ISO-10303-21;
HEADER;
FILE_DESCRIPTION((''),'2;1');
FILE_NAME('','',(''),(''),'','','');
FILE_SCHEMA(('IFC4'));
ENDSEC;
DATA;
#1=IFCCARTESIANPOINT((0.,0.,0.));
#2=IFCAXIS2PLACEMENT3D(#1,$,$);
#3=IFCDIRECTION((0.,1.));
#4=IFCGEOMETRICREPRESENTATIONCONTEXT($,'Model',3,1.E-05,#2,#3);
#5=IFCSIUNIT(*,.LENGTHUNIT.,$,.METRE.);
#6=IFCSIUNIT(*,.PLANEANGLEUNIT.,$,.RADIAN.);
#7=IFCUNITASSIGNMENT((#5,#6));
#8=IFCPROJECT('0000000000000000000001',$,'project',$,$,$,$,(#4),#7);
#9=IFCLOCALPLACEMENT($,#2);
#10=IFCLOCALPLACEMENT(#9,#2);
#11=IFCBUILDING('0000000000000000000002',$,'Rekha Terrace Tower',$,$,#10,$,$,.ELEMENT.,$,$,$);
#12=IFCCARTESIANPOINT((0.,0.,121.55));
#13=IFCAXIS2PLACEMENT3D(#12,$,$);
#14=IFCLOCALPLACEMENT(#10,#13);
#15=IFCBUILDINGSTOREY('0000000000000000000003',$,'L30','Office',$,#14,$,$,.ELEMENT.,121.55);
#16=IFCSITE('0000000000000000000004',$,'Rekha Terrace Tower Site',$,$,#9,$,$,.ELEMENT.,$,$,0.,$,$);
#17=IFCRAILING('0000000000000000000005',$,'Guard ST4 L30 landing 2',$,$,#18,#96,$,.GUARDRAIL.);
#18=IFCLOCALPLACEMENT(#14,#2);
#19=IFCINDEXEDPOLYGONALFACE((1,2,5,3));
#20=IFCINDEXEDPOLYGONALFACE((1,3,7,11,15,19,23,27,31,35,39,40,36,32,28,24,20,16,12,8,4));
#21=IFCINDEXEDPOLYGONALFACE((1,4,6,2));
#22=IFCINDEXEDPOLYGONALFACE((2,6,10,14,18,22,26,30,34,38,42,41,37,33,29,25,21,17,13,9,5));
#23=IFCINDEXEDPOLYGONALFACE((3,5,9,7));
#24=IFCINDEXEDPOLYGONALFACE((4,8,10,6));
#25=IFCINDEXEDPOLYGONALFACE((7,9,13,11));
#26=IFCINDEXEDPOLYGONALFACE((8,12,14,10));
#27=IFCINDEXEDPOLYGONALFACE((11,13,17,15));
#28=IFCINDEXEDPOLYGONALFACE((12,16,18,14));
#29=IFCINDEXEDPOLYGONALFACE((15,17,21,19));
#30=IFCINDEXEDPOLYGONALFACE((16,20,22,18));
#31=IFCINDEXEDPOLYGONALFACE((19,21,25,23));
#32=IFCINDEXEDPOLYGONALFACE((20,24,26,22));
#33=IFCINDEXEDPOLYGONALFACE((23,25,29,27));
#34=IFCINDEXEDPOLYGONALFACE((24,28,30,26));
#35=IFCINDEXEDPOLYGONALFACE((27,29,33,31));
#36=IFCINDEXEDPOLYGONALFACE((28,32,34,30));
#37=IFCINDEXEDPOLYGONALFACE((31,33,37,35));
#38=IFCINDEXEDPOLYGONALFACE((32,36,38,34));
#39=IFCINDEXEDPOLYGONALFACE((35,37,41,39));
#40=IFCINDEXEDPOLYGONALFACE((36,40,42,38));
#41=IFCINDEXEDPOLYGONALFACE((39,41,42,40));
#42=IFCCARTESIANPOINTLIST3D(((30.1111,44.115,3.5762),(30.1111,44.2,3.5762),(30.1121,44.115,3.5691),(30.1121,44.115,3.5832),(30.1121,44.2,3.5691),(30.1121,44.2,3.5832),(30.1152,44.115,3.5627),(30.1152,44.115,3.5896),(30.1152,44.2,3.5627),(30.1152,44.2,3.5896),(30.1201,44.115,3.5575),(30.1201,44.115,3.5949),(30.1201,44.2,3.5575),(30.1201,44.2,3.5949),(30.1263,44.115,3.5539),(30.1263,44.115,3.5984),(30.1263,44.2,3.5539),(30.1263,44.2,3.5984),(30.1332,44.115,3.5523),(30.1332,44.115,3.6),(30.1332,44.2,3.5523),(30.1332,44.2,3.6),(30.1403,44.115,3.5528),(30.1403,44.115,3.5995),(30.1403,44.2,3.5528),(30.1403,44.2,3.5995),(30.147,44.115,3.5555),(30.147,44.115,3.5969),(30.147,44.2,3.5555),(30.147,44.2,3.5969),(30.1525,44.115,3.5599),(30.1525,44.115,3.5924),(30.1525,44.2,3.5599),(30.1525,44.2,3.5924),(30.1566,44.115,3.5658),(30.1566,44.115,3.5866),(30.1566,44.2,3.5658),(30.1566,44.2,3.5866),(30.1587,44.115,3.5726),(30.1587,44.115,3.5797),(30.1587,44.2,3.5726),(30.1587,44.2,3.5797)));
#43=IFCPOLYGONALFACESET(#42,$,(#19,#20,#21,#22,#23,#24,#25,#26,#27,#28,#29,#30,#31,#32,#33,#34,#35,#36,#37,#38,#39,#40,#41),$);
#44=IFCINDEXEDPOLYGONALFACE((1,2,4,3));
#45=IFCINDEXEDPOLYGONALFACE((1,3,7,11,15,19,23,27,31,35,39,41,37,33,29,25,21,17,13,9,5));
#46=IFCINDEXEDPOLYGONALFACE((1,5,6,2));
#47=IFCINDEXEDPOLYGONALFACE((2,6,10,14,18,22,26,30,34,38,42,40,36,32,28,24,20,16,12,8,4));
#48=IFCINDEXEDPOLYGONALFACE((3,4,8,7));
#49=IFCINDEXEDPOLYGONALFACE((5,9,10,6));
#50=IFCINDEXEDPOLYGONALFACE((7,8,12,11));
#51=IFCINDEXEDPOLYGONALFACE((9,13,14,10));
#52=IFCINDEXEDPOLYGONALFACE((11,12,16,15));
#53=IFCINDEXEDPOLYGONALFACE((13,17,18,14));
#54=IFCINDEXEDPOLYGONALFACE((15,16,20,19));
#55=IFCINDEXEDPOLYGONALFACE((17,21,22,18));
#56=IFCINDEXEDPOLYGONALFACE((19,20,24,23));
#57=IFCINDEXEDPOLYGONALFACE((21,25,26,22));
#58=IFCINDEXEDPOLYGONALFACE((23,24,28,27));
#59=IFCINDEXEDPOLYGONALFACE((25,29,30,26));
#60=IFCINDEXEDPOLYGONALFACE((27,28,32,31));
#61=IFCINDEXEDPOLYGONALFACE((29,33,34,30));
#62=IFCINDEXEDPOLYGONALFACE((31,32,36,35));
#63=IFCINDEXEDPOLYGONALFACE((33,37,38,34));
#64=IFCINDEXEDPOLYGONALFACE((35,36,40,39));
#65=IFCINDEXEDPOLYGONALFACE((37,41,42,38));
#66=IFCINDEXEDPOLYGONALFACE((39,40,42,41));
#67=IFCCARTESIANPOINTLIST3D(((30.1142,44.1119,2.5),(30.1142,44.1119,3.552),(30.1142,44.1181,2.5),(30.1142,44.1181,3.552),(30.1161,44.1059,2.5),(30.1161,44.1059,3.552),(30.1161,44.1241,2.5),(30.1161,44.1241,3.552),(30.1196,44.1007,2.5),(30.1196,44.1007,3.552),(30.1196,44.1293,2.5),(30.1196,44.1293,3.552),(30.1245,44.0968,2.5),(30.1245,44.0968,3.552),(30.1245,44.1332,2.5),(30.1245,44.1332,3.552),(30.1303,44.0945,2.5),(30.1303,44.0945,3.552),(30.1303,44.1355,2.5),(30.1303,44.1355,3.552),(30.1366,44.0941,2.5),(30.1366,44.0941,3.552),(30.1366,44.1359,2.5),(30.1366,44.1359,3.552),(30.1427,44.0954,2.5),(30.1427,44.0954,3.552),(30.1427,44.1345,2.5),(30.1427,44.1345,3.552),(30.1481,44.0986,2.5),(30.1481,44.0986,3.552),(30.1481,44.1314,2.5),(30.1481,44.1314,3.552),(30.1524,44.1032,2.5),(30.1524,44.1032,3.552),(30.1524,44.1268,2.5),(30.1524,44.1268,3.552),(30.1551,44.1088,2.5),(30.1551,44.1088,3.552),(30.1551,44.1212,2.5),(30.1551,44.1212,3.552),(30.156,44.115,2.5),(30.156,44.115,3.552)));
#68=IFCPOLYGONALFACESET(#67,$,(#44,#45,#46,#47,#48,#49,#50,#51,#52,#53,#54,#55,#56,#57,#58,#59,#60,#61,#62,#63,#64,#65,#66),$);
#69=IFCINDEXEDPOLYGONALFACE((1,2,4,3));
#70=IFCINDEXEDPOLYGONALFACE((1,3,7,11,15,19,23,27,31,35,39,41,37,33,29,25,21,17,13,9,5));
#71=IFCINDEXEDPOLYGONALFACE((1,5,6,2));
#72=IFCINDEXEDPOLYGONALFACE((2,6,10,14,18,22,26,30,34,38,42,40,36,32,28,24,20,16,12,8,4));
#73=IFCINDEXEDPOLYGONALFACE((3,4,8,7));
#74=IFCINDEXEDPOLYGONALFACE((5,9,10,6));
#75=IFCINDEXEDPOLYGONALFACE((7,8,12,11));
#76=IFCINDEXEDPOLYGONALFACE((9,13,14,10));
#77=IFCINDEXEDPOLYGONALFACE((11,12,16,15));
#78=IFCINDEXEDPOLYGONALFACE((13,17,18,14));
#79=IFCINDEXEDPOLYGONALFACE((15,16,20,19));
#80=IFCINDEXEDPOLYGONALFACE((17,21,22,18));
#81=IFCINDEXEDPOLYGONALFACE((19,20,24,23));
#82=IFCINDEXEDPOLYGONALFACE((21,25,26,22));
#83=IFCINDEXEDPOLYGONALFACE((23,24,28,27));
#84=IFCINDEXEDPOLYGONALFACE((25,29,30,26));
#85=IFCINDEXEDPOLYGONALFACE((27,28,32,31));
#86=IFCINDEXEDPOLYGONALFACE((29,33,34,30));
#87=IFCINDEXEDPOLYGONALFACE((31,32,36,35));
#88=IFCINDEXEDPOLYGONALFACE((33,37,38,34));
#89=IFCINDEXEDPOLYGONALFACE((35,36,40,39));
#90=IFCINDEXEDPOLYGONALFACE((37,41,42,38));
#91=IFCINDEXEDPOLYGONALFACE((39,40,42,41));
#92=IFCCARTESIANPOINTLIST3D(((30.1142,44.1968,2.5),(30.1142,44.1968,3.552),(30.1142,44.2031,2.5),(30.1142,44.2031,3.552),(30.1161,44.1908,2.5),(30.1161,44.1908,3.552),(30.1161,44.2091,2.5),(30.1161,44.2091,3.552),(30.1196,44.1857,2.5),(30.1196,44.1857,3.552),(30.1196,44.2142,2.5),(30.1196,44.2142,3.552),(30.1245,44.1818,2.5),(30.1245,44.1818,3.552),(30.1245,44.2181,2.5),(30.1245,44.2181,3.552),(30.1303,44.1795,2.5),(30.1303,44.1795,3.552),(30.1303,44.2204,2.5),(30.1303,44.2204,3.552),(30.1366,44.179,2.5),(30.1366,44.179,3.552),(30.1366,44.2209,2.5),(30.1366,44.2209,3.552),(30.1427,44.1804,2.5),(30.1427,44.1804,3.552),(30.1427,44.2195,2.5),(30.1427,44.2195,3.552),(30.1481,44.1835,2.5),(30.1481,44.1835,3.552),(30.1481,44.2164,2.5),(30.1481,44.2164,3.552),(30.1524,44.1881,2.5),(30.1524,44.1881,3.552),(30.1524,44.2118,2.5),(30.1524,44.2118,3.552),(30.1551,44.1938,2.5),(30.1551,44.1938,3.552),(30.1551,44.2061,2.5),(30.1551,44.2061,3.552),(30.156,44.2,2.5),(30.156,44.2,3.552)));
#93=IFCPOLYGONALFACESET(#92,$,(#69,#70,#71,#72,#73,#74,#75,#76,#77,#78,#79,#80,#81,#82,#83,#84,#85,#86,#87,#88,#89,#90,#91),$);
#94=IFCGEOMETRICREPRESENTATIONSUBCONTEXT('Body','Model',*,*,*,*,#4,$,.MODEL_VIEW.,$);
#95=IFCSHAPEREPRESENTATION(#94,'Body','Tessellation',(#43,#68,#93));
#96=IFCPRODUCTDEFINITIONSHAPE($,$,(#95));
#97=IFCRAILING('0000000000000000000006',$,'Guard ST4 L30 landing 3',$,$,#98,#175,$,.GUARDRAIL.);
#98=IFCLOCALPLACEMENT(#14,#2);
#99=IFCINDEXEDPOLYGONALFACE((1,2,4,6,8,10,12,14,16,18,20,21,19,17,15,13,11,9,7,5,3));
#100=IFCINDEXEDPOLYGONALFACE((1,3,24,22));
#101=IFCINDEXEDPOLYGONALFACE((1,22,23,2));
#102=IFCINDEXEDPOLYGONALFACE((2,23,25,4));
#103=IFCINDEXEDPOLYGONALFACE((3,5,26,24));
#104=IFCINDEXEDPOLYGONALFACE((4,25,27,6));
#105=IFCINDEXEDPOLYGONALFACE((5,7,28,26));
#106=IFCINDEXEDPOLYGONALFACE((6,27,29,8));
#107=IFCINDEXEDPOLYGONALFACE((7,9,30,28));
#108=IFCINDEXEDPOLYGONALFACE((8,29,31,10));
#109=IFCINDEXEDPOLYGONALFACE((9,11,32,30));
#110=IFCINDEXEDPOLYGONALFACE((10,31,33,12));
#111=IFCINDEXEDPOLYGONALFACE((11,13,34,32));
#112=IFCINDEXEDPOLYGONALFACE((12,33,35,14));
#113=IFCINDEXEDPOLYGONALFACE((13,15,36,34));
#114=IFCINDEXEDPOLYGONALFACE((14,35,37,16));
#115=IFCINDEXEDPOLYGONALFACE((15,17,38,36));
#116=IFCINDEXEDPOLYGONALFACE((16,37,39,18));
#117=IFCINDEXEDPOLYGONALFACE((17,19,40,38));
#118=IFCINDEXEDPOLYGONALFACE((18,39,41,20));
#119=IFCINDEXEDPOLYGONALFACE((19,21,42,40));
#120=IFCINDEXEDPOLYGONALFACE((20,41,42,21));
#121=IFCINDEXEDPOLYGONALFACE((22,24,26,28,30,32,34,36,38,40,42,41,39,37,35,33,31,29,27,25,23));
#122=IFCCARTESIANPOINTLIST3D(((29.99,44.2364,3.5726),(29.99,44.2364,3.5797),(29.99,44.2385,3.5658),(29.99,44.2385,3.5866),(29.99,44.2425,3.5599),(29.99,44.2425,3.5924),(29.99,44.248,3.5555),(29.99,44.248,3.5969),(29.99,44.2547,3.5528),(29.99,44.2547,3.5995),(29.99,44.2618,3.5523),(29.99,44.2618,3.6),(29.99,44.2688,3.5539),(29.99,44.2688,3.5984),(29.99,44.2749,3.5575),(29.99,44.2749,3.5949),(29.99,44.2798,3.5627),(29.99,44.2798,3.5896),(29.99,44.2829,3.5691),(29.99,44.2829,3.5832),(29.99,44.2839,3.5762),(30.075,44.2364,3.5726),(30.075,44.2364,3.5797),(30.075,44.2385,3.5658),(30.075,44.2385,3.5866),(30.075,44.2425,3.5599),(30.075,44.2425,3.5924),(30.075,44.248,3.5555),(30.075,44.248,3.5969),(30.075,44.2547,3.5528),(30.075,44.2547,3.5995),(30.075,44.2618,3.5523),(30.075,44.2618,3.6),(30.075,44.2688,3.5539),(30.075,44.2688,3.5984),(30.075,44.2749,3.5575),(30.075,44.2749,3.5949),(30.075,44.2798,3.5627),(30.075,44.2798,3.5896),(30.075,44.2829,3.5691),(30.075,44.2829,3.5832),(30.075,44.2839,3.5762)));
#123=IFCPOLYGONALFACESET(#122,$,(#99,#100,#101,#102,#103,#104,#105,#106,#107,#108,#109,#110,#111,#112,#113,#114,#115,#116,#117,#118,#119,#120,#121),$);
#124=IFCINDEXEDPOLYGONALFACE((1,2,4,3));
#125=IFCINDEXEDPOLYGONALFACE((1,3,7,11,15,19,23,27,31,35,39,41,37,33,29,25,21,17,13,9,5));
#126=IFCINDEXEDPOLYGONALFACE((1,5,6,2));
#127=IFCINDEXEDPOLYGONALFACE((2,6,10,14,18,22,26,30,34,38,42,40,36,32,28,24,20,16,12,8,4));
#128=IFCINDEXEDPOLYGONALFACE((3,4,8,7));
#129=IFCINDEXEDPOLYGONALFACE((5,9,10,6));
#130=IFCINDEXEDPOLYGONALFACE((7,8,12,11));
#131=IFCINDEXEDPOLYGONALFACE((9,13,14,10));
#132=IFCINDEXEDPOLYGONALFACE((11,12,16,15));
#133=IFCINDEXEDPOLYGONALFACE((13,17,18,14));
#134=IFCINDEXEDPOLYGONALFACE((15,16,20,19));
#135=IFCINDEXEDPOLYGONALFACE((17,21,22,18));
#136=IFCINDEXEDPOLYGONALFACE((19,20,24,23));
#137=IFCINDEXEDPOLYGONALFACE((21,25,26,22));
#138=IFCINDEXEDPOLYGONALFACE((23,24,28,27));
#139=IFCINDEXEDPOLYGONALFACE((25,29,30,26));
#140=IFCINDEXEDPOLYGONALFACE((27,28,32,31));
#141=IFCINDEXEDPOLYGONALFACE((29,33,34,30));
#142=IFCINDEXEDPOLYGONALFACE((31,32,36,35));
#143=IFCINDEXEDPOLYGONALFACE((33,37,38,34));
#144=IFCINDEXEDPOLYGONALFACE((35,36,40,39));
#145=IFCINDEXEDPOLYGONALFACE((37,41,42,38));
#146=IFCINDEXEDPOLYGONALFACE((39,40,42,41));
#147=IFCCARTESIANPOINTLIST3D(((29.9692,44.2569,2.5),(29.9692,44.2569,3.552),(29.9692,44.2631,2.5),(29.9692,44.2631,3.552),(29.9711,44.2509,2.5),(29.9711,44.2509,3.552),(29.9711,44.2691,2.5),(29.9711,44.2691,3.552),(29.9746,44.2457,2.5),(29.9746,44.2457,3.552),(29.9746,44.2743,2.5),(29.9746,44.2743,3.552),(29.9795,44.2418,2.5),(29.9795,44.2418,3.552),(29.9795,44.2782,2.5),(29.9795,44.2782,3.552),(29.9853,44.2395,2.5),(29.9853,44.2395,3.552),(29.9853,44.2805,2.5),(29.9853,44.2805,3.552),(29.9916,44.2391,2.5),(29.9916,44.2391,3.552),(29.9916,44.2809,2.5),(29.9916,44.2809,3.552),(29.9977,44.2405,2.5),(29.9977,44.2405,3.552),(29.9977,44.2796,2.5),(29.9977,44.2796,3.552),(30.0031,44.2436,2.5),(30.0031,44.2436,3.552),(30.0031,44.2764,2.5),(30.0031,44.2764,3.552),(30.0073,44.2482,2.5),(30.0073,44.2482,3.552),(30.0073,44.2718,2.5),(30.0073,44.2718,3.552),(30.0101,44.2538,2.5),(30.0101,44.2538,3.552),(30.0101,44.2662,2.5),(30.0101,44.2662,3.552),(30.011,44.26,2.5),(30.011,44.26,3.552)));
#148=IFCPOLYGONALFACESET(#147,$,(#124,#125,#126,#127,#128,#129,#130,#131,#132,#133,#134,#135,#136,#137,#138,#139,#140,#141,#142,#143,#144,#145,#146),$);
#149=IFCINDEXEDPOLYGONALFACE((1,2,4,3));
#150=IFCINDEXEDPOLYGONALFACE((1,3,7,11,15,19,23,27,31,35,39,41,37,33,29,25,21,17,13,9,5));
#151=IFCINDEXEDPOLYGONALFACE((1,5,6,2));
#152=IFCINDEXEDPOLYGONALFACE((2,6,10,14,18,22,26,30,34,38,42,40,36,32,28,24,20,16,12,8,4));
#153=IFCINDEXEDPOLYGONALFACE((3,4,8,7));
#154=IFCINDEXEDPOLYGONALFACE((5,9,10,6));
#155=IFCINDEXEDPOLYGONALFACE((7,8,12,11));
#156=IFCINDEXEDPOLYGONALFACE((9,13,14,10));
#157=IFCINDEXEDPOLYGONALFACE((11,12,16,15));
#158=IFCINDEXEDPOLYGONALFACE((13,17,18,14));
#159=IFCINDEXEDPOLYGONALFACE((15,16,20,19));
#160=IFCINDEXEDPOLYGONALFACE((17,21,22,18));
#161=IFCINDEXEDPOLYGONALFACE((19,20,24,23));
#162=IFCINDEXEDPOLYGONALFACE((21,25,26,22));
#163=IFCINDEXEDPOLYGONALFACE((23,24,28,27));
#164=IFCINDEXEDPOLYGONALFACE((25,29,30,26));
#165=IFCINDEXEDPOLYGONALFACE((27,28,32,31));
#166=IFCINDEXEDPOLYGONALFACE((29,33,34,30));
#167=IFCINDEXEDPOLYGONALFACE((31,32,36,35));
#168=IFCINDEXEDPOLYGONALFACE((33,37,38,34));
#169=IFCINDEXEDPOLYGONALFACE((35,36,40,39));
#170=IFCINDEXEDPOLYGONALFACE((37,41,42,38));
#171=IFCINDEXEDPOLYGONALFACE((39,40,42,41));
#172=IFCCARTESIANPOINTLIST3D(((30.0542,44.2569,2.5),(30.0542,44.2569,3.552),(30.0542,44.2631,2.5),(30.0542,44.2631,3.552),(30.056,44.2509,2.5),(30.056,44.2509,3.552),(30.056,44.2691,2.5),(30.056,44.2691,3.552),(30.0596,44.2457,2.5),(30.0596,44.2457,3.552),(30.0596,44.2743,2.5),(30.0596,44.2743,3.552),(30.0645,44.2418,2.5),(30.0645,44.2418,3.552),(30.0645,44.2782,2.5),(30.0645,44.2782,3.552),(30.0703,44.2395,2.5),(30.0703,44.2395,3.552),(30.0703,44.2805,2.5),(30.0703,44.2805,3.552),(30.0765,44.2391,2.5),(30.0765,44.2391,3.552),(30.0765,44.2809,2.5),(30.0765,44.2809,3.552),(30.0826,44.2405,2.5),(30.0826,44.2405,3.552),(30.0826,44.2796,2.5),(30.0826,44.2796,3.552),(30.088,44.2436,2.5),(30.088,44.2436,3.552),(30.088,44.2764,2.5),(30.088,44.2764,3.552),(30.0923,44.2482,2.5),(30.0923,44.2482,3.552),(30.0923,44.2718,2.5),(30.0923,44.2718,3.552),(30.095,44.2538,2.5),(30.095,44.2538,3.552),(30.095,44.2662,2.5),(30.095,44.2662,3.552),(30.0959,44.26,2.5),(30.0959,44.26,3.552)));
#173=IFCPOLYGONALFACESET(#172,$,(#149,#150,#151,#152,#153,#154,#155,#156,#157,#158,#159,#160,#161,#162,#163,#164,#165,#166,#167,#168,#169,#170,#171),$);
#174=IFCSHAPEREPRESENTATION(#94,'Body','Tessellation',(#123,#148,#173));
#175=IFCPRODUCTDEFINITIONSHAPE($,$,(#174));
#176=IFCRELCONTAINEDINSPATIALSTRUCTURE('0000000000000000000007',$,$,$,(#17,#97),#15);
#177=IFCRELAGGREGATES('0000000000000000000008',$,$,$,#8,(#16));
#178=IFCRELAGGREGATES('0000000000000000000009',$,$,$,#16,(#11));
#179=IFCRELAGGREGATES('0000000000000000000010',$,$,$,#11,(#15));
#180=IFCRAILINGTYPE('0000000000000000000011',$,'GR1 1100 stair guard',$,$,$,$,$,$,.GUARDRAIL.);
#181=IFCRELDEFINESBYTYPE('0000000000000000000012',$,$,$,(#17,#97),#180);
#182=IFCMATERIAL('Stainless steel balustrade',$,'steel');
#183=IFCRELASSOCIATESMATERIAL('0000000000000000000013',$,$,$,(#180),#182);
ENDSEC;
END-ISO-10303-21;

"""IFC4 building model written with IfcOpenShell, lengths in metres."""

from ifc_helpers import new_model, si_unit, direction, frame, origin, origin_2d, place, context, subcontext, project, spatial, circle, extrude, material, type_object, element, save


model = new_model("IFC4")

# Units and contexts
model_context = context("Model", 3, precision=1e-05, world=origin(), true_north=direction((0.0, 1.0)))
body_context = subcontext(model_context, "Body", "Model", "MODEL_VIEW")
ifc_project = project(units=[si_unit("LENGTHUNIT", "METRE"), si_unit("PLANEANGLEUNIT", "RADIAN")], contexts=[model_context])

# Site, building, storey
site_placement = place(None, origin())
site = spatial("IfcSite", under=ifc_project, at=site_placement, Name="Rekha Terrace Tower Site", CompositionType="ELEMENT", RefElevation=0.0)
building_placement = place(site_placement, origin())
building = spatial("IfcBuilding", under=site, at=building_placement, Name="Rekha Terrace Tower", CompositionType="ELEMENT")
storey_placement = place(building_placement, frame((0.0, 0.0, 121.55)))
storey = spatial("IfcBuildingStorey", under=building, at=storey_placement, Name="L30", Description="Office", CompositionType="ELEMENT", Elevation=121.55)

# Railings
ifc_material_1 = material(Name="Stainless steel balustrade", Category="steel")
railing_type_1 = type_object("IfcRailingType", Name="GR1 1100 stair guard", PredefinedType="GUARDRAIL", material=ifc_material_1)
railing_1_placement = place(storey_placement, frame((30.135, 44.115, 2.5)))
element("IfcRailing", 1, at=railing_1_placement, inside=storey, type_object=railing_type_1, Name="Guard ST4 L30 landing 2", PredefinedType="GUARDRAIL", context=body_context, shape_type="SweptSolid", body=[
    extrude(circle(Radius=0.0239, at=origin_2d()), frame((0.0, 0.0, 1.0762), z_axis=(0.0, 1.0, 0.0), x_axis=(-1.0, 0.0, 0.0)), (0.0, 0.0, 1.0), 0.085),
    extrude(circle(Radius=0.021, at=origin_2d()), origin(), (0.0, 0.0, 1.0), 1.052),
    extrude(circle(Radius=0.021, at=origin_2d()), frame((0.0, 0.085, 0.0)), (0.0, 0.0, 1.0), 1.052),
])
railing_2_placement = place(storey_placement, frame((29.99, 44.26, 2.5)))
element("IfcRailing", 2, at=railing_2_placement, inside=storey, type_object=railing_type_1, Name="Guard ST4 L30 landing 3", PredefinedType="GUARDRAIL", context=body_context, shape_type="SweptSolid", body=[
    extrude(circle(Radius=0.0239, at=origin_2d()), frame((0.0, 0.0, 1.0762), z_axis=(1.0, 0.0, 0.0), x_axis=(0.0, 1.0, 0.0)), (0.0, 0.0, 1.0), 0.085),
    extrude(circle(Radius=0.021, at=origin_2d()), origin(), (0.0, 0.0, 1.0), 1.052),
    extrude(circle(Radius=0.021, at=origin_2d()), frame((0.085, 0.0, 0.0)), (0.0, 0.0, 1.0), 1.052),
])

save(model, "model.ifc")
